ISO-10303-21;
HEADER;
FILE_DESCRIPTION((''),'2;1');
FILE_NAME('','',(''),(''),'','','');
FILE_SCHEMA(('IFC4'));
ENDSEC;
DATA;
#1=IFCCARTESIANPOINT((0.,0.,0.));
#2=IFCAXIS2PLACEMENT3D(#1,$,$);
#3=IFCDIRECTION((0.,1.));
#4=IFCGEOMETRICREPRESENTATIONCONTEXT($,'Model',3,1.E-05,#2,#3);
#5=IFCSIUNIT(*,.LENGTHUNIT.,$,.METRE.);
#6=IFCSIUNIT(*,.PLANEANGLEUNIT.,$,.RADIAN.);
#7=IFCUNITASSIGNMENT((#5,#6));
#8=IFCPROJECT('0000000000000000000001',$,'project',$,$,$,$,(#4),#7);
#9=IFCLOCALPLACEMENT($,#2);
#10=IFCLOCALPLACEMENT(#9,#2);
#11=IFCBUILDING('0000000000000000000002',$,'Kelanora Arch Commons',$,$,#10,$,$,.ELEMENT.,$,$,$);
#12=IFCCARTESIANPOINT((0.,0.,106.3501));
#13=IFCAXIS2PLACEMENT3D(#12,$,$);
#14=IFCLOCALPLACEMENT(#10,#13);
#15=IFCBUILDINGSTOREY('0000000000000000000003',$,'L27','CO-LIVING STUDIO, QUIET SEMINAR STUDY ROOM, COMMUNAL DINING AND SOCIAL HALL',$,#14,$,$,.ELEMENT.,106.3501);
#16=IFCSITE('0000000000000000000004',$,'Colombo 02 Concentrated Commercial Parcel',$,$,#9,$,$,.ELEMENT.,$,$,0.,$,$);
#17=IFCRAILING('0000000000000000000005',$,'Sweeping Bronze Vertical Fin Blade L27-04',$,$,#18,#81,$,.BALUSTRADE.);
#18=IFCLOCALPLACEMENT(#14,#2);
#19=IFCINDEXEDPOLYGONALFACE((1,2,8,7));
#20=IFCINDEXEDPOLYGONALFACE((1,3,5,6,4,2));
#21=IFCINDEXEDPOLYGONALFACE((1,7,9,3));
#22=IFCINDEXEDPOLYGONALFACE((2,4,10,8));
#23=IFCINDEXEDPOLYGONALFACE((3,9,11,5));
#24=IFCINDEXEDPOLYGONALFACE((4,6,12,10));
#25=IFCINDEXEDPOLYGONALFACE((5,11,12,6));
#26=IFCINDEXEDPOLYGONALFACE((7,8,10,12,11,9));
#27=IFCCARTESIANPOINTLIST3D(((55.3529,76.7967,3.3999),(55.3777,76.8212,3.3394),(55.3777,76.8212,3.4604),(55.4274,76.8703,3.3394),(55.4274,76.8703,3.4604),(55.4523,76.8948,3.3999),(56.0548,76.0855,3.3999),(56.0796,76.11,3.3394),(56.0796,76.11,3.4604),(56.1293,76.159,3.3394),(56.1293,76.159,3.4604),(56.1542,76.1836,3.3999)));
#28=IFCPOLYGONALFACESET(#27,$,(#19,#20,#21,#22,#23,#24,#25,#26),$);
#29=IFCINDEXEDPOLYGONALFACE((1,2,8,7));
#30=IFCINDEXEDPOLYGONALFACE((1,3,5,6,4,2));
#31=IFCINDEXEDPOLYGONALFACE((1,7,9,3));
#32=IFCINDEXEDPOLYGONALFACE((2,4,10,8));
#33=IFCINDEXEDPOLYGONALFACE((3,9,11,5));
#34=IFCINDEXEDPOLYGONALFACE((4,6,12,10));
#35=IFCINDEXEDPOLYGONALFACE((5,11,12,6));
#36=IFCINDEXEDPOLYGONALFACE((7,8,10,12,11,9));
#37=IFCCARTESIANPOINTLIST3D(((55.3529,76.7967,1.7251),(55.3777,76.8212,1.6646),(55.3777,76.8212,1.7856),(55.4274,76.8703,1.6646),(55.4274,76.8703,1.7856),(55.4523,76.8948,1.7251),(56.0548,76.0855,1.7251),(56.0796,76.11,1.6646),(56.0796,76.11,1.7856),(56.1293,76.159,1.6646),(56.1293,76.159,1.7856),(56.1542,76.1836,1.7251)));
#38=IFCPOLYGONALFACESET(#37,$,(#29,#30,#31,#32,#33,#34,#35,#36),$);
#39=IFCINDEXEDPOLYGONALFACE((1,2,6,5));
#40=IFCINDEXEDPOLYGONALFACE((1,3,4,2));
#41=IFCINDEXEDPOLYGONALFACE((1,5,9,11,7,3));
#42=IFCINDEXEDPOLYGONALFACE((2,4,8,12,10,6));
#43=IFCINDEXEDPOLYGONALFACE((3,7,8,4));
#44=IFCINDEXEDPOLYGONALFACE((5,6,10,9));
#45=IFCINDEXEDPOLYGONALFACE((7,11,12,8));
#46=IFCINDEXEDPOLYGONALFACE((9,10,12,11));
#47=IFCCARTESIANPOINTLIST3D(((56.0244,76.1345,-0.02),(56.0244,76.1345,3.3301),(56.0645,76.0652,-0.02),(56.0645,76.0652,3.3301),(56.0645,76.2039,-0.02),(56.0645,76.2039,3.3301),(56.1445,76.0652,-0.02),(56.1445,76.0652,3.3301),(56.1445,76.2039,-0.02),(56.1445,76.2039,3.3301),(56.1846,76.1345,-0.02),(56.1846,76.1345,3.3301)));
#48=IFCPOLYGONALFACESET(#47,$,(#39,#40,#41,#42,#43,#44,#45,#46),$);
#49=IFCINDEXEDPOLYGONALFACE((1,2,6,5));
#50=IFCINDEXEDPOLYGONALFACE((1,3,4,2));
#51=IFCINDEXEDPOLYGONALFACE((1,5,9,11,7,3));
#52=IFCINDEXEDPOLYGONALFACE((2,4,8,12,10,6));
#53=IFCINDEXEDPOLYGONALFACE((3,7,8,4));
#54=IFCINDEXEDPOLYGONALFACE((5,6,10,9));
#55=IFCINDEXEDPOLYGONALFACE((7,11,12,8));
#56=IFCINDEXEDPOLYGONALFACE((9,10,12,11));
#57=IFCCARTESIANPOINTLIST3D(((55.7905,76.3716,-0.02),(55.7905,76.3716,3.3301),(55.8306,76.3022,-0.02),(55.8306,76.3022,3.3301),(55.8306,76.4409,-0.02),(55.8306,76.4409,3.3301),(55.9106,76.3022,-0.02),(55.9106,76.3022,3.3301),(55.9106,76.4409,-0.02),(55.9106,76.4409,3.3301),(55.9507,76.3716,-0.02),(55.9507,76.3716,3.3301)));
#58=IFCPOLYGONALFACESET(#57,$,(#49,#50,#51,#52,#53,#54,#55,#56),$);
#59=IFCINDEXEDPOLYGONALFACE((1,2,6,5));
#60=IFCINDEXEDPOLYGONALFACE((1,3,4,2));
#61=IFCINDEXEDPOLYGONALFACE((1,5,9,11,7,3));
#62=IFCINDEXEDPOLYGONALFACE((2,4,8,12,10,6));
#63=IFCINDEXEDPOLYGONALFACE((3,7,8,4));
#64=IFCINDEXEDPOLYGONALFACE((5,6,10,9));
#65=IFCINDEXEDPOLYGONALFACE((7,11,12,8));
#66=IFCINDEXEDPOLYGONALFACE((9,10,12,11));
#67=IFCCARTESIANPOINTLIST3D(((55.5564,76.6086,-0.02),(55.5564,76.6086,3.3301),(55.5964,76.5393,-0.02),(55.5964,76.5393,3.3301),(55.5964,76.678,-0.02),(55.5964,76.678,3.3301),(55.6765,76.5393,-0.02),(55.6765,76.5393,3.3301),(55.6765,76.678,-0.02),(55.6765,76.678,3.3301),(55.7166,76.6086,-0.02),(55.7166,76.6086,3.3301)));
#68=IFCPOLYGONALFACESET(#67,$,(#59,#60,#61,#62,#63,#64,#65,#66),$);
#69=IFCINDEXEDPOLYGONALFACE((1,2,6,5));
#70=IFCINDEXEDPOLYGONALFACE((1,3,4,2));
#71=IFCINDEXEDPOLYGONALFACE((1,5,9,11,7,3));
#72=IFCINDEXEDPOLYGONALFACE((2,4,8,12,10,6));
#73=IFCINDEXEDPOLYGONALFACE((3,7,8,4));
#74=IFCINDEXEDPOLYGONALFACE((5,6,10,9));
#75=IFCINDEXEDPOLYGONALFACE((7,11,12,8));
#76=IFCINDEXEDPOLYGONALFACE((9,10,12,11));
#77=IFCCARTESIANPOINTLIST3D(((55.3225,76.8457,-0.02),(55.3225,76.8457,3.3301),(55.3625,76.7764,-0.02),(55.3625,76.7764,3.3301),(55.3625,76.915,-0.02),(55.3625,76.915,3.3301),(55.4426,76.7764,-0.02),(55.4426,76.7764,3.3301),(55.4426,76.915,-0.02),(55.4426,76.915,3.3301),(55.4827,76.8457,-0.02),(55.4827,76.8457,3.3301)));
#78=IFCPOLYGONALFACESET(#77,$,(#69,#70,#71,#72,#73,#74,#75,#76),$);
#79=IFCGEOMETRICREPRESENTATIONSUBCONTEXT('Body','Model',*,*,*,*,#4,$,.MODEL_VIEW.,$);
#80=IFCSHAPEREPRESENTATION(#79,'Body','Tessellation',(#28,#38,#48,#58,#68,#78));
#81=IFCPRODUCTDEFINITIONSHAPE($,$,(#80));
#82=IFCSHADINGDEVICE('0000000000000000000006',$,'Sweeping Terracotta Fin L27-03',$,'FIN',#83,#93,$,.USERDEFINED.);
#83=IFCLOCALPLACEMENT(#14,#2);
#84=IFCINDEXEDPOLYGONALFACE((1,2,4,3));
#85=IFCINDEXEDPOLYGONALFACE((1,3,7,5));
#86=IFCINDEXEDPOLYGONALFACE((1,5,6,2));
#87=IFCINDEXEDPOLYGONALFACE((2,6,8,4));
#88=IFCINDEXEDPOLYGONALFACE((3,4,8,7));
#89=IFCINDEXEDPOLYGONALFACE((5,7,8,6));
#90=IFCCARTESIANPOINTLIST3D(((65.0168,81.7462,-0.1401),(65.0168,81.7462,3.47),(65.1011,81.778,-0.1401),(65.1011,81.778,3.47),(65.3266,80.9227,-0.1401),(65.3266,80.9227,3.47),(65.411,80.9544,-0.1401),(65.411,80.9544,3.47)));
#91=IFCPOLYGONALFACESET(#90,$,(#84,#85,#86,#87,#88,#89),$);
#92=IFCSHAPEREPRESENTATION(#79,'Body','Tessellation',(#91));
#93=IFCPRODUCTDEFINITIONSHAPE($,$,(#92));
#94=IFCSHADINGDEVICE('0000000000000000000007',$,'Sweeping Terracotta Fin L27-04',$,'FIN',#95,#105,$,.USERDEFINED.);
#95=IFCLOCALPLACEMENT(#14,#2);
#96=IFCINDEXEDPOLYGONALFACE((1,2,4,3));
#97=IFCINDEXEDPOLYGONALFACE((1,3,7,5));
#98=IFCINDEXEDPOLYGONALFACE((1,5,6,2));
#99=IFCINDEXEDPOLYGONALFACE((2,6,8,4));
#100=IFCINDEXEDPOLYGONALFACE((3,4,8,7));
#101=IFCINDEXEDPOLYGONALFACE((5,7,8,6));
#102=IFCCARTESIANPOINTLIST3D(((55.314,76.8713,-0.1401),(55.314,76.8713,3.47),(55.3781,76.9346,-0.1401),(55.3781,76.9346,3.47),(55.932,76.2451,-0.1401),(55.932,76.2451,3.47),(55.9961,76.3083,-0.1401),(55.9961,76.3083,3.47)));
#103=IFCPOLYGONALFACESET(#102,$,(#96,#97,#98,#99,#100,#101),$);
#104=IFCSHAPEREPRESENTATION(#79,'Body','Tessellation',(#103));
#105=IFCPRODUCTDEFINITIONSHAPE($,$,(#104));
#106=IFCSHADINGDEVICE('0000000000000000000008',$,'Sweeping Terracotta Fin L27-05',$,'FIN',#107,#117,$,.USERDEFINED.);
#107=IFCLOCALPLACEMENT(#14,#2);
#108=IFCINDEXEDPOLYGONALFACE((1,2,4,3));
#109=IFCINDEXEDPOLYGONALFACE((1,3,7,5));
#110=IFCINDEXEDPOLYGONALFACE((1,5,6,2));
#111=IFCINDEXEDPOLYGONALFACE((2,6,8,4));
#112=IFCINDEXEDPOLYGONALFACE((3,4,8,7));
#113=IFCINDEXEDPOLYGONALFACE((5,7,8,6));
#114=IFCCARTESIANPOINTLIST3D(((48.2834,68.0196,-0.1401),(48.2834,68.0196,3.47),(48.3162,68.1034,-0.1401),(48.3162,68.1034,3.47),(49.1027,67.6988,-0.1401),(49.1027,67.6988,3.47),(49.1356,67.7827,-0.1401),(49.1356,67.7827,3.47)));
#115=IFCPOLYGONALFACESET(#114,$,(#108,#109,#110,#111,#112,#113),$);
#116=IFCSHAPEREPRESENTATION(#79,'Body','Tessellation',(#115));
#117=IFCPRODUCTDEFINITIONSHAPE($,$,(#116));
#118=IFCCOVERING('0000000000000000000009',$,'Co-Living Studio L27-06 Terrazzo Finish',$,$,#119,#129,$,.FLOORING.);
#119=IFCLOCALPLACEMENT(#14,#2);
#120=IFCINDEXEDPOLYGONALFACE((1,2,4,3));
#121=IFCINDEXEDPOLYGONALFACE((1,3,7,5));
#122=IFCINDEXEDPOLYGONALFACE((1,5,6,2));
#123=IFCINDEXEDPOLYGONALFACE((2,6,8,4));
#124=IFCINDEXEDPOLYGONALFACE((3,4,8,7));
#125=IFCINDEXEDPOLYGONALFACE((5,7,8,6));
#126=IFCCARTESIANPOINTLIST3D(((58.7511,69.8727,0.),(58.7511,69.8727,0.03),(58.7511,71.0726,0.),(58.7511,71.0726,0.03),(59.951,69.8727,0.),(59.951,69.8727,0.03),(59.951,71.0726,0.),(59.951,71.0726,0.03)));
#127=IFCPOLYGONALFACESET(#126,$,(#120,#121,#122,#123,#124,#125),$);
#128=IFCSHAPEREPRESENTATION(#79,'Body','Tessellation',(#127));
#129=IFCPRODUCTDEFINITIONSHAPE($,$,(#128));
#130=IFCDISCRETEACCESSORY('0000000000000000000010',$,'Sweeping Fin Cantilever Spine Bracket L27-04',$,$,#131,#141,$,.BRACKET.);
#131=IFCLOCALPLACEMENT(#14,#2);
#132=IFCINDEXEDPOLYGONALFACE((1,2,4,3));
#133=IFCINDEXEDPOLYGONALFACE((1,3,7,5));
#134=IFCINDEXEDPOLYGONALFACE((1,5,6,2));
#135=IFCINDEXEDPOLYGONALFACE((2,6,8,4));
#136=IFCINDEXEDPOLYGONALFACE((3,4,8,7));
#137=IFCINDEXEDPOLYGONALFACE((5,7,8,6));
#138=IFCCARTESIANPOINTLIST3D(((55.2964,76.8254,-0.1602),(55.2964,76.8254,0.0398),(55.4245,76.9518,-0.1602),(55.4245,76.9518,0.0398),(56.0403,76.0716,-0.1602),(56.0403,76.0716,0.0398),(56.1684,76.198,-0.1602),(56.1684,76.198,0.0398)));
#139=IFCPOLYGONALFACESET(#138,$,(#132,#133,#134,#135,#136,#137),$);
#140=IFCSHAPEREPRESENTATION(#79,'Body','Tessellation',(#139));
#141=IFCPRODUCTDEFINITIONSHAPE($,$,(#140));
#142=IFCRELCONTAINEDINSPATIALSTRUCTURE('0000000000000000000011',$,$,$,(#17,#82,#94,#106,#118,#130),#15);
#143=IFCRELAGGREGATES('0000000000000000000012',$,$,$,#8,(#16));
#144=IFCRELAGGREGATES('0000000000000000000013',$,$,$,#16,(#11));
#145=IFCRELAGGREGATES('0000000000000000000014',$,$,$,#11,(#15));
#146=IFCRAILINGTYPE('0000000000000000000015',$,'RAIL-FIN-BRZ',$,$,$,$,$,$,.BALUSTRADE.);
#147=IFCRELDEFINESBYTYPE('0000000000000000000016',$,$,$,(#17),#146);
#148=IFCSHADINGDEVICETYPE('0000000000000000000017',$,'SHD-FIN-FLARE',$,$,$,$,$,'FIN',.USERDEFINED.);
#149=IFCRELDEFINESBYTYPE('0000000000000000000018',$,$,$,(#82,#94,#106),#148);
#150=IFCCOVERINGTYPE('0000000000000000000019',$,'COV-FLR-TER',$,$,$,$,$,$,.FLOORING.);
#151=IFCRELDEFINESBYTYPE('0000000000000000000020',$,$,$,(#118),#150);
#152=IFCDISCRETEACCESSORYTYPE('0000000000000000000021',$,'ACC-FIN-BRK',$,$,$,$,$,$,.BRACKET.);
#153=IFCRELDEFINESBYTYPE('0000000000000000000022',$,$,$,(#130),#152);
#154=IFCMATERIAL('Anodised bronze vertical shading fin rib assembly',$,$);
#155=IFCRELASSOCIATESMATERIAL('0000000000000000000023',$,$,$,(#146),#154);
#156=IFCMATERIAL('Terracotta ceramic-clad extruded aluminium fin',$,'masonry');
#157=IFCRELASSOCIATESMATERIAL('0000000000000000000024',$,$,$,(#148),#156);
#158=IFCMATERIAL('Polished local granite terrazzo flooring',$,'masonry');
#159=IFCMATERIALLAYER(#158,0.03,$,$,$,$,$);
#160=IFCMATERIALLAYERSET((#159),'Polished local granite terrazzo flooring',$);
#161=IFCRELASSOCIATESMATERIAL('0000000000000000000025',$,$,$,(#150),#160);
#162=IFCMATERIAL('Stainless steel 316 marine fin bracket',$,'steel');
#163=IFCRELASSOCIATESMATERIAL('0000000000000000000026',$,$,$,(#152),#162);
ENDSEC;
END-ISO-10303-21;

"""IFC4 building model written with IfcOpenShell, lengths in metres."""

from ifc_helpers import new_model, si_unit, direction, frame, origin, origin_2d, place, context, subcontext, project, spatial, polyline, rectangle, outline, extrude, source, transform, mapped, material, layer, layer_set, type_object, element, save


model = new_model("IFC4")

# Units and contexts
model_context = context("Model", 3, precision=1e-05, world=origin(), true_north=direction((0.0, 1.0)))
body_context = subcontext(model_context, "Body", "Model", "MODEL_VIEW")
ifc_project = project(units=[si_unit("LENGTHUNIT", "METRE"), si_unit("PLANEANGLEUNIT", "RADIAN")], contexts=[model_context])

# Site, building, storey
site_placement = place(None, origin())
site = spatial("IfcSite", under=ifc_project, at=site_placement, Name="Colombo 02 Concentrated Commercial Parcel", CompositionType="ELEMENT", RefElevation=0.0)
building_placement = place(site_placement, origin())
building = spatial("IfcBuilding", under=site, at=building_placement, Name="Kelanora Arch Commons", CompositionType="ELEMENT")
storey_placement = place(building_placement, frame((0.0, 0.0, 106.3501)))
storey = spatial("IfcBuildingStorey", under=building, at=storey_placement, Name="L27", Description="CO-LIVING STUDIO, QUIET SEMINAR STUDY ROOM, COMMUNAL DINING AND SOCIAL HALL", CompositionType="ELEMENT", Elevation=106.3501)

# Railing
ifc_material_1 = material(Name="Anodised bronze vertical shading fin rib assembly")
railing_type = type_object("IfcRailingType", Name="RAIL-FIN-BRZ", PredefinedType="BALUSTRADE", material=ifc_material_1)
railing_placement = place(storey_placement, frame((56.1045, 76.1345, -0.02)))
element("IfcRailing", 1, at=railing_placement, inside=storey, type_object=railing_type, Name="Sweeping Bronze Vertical Fin Blade L27-04", PredefinedType="BALUSTRADE", context=body_context, shape_type="SweptSolid", body=[
    extrude(outline(polyline([(0.0698, 0.0), (0.0349, 0.0605), (-0.0349, 0.0605), (-0.0698, 0.0), (-0.0349, -0.0605), (0.0349, -0.0605), (0.0698, 0.0)])), frame((0.0, 0.0, 3.4199), z_axis=(-0.702449, 0.711734, 0.0), x_axis=(-0.711734, -0.702449, 0.0)), (0.0, 0.0, 1.0), 0.9993),
    extrude(outline(polyline([(0.0698, 0.0), (0.0349, 0.0605), (-0.0349, 0.0605), (-0.0698, 0.0), (-0.0349, -0.0605), (0.0349, -0.0605), (0.0698, 0.0)])), frame((0.0, 0.0, 1.7451), z_axis=(-0.702449, 0.711734, 0.0), x_axis=(-0.711734, -0.702449, 0.0)), (0.0, 0.0, 1.0), 0.9993),
    extrude(outline(polyline([(0.0801, 0.0), (0.04, 0.0693), (-0.04, 0.0693), (-0.0801, 0.0), (-0.04, -0.0693), (0.04, -0.0693), (0.0801, 0.0)])), origin(), (0.0, 0.0, 1.0), 3.3501),
    extrude(outline(polyline([(0.0801, 0.0), (0.04, 0.0693), (-0.04, 0.0693), (-0.0801, 0.0), (-0.04, -0.0693), (0.04, -0.0693), (0.0801, 0.0)])), frame((-0.2339, 0.2371, 0.0)), (0.0, 0.0, 1.0), 3.3501),
    extrude(outline(polyline([(0.0801, 0.0), (0.04, 0.0693), (-0.04, 0.0693), (-0.0801, 0.0), (-0.04, -0.0693), (0.04, -0.0693), (0.0801, 0.0)])), frame((-0.468, 0.4741, 0.0)), (0.0, 0.0, 1.0), 3.3501),
    extrude(outline(polyline([(0.0801, 0.0), (0.04, 0.0693), (-0.04, 0.0693), (-0.0801, 0.0), (-0.04, -0.0693), (0.04, -0.0693), (0.0801, 0.0)])), frame((-0.7019, 0.7112, 0.0)), (0.0, 0.0, 1.0), 3.3501),
])

# Shading devices
ifc_material_2 = material(Name="Terracotta ceramic-clad extruded aluminium fin", Category="masonry")
shading_device_type = type_object("IfcShadingDeviceType", Name="SHD-FIN-FLARE", ElementType="FIN", PredefinedType="USERDEFINED", material=ifc_material_2)
shared_shape_1 = source(origin(), body_context, "Body", "SweptSolid", [
    extrude(rectangle(XDim=0.8799, YDim=0.0901, at=origin_2d()), origin(), (0.0, 0.0, 1.0), 3.6101),
])
for number, where, z_axis, x_axis, name in (
    (2, (65.2139, 81.3503, -0.1401), (0.0, 0.0, 1.0), (-0.352168, 0.935937, 0.0), "Sweeping Terracotta Fin L27-03"),
    (3, (55.655, 76.5898, -0.1401), (0.0, 0.0, 1.0), (-0.702402, 0.711781, 0.0), "Sweeping Terracotta Fin L27-04"),
    (4, (48.7095, 67.9011, -0.1401), (0.0, 0.0, 1.0), (-0.931183, 0.364552, 0.0), "Sweeping Terracotta Fin L27-05"),
):
    element("IfcShadingDevice", number, at=place(storey_placement, frame(where, z_axis=z_axis, x_axis=x_axis)), inside=storey, type_object=shading_device_type, Name=name, ObjectType="FIN", PredefinedType="USERDEFINED", context=body_context, shape_type="MappedRepresentation", body=[
        mapped(shared_shape_1, transform((0.0, 0.0, 0.0), scale=1.0)),
    ])

# Covering
ifc_material_3 = material(Name="Polished local granite terrazzo flooring", Category="masonry")
ifc_layer_1 = layer(ifc_material_3, 0.03)
ifc_layer_set_1 = layer_set([ifc_layer_1], Name="Polished local granite terrazzo flooring")
covering_type = type_object("IfcCoveringType", Name="COV-FLR-TER", PredefinedType="FLOORING", material=ifc_layer_set_1)
shared_shape_2 = source(origin(), body_context, "Body", "SweptSolid", [
    extrude(rectangle(XDim=1.2, YDim=1.2, at=origin_2d()), origin(), (0.0, 0.0, 1.0), 0.03),
])
covering_placement = place(storey_placement, frame((59.3511, 70.4727, 0.0), z_axis=(0.0, 0.0, 1.0), x_axis=(1.0, 0.0, 0.0)))
element("IfcCovering", 5, at=covering_placement, inside=storey, type_object=covering_type, Name="Co-Living Studio L27-06 Terrazzo Finish", PredefinedType="FLOORING", context=body_context, shape_type="MappedRepresentation", body=[
    mapped(shared_shape_2, transform((0.0, 0.0, 0.0), scale=1.0)),
])

# Discrete accessory
ifc_material_4 = material(Name="Stainless steel 316 marine fin bracket", Category="steel")
discrete_accessory_type = type_object("IfcDiscreteAccessoryType", Name="ACC-FIN-BRK", PredefinedType="BRACKET", material=ifc_material_4)
shared_shape_3 = source(origin(), body_context, "Body", "SweptSolid", [
    extrude(rectangle(XDim=1.0591, YDim=0.1799, at=origin_2d()), origin(), (0.0, 0.0, 1.0), 0.2),
])
discrete_accessory_placement = place(storey_placement, frame((55.7324, 76.5117, -0.1602), z_axis=(0.0, 0.0, 1.0), x_axis=(-0.702402, 0.711781, 0.0)))
element("IfcDiscreteAccessory", 6, at=discrete_accessory_placement, inside=storey, type_object=discrete_accessory_type, Name="Sweeping Fin Cantilever Spine Bracket L27-04", PredefinedType="BRACKET", context=body_context, shape_type="MappedRepresentation", body=[
    mapped(shared_shape_3, transform((0.0, 0.0, 0.0), scale=1.0)),
])

save(model, "model.ifc")
